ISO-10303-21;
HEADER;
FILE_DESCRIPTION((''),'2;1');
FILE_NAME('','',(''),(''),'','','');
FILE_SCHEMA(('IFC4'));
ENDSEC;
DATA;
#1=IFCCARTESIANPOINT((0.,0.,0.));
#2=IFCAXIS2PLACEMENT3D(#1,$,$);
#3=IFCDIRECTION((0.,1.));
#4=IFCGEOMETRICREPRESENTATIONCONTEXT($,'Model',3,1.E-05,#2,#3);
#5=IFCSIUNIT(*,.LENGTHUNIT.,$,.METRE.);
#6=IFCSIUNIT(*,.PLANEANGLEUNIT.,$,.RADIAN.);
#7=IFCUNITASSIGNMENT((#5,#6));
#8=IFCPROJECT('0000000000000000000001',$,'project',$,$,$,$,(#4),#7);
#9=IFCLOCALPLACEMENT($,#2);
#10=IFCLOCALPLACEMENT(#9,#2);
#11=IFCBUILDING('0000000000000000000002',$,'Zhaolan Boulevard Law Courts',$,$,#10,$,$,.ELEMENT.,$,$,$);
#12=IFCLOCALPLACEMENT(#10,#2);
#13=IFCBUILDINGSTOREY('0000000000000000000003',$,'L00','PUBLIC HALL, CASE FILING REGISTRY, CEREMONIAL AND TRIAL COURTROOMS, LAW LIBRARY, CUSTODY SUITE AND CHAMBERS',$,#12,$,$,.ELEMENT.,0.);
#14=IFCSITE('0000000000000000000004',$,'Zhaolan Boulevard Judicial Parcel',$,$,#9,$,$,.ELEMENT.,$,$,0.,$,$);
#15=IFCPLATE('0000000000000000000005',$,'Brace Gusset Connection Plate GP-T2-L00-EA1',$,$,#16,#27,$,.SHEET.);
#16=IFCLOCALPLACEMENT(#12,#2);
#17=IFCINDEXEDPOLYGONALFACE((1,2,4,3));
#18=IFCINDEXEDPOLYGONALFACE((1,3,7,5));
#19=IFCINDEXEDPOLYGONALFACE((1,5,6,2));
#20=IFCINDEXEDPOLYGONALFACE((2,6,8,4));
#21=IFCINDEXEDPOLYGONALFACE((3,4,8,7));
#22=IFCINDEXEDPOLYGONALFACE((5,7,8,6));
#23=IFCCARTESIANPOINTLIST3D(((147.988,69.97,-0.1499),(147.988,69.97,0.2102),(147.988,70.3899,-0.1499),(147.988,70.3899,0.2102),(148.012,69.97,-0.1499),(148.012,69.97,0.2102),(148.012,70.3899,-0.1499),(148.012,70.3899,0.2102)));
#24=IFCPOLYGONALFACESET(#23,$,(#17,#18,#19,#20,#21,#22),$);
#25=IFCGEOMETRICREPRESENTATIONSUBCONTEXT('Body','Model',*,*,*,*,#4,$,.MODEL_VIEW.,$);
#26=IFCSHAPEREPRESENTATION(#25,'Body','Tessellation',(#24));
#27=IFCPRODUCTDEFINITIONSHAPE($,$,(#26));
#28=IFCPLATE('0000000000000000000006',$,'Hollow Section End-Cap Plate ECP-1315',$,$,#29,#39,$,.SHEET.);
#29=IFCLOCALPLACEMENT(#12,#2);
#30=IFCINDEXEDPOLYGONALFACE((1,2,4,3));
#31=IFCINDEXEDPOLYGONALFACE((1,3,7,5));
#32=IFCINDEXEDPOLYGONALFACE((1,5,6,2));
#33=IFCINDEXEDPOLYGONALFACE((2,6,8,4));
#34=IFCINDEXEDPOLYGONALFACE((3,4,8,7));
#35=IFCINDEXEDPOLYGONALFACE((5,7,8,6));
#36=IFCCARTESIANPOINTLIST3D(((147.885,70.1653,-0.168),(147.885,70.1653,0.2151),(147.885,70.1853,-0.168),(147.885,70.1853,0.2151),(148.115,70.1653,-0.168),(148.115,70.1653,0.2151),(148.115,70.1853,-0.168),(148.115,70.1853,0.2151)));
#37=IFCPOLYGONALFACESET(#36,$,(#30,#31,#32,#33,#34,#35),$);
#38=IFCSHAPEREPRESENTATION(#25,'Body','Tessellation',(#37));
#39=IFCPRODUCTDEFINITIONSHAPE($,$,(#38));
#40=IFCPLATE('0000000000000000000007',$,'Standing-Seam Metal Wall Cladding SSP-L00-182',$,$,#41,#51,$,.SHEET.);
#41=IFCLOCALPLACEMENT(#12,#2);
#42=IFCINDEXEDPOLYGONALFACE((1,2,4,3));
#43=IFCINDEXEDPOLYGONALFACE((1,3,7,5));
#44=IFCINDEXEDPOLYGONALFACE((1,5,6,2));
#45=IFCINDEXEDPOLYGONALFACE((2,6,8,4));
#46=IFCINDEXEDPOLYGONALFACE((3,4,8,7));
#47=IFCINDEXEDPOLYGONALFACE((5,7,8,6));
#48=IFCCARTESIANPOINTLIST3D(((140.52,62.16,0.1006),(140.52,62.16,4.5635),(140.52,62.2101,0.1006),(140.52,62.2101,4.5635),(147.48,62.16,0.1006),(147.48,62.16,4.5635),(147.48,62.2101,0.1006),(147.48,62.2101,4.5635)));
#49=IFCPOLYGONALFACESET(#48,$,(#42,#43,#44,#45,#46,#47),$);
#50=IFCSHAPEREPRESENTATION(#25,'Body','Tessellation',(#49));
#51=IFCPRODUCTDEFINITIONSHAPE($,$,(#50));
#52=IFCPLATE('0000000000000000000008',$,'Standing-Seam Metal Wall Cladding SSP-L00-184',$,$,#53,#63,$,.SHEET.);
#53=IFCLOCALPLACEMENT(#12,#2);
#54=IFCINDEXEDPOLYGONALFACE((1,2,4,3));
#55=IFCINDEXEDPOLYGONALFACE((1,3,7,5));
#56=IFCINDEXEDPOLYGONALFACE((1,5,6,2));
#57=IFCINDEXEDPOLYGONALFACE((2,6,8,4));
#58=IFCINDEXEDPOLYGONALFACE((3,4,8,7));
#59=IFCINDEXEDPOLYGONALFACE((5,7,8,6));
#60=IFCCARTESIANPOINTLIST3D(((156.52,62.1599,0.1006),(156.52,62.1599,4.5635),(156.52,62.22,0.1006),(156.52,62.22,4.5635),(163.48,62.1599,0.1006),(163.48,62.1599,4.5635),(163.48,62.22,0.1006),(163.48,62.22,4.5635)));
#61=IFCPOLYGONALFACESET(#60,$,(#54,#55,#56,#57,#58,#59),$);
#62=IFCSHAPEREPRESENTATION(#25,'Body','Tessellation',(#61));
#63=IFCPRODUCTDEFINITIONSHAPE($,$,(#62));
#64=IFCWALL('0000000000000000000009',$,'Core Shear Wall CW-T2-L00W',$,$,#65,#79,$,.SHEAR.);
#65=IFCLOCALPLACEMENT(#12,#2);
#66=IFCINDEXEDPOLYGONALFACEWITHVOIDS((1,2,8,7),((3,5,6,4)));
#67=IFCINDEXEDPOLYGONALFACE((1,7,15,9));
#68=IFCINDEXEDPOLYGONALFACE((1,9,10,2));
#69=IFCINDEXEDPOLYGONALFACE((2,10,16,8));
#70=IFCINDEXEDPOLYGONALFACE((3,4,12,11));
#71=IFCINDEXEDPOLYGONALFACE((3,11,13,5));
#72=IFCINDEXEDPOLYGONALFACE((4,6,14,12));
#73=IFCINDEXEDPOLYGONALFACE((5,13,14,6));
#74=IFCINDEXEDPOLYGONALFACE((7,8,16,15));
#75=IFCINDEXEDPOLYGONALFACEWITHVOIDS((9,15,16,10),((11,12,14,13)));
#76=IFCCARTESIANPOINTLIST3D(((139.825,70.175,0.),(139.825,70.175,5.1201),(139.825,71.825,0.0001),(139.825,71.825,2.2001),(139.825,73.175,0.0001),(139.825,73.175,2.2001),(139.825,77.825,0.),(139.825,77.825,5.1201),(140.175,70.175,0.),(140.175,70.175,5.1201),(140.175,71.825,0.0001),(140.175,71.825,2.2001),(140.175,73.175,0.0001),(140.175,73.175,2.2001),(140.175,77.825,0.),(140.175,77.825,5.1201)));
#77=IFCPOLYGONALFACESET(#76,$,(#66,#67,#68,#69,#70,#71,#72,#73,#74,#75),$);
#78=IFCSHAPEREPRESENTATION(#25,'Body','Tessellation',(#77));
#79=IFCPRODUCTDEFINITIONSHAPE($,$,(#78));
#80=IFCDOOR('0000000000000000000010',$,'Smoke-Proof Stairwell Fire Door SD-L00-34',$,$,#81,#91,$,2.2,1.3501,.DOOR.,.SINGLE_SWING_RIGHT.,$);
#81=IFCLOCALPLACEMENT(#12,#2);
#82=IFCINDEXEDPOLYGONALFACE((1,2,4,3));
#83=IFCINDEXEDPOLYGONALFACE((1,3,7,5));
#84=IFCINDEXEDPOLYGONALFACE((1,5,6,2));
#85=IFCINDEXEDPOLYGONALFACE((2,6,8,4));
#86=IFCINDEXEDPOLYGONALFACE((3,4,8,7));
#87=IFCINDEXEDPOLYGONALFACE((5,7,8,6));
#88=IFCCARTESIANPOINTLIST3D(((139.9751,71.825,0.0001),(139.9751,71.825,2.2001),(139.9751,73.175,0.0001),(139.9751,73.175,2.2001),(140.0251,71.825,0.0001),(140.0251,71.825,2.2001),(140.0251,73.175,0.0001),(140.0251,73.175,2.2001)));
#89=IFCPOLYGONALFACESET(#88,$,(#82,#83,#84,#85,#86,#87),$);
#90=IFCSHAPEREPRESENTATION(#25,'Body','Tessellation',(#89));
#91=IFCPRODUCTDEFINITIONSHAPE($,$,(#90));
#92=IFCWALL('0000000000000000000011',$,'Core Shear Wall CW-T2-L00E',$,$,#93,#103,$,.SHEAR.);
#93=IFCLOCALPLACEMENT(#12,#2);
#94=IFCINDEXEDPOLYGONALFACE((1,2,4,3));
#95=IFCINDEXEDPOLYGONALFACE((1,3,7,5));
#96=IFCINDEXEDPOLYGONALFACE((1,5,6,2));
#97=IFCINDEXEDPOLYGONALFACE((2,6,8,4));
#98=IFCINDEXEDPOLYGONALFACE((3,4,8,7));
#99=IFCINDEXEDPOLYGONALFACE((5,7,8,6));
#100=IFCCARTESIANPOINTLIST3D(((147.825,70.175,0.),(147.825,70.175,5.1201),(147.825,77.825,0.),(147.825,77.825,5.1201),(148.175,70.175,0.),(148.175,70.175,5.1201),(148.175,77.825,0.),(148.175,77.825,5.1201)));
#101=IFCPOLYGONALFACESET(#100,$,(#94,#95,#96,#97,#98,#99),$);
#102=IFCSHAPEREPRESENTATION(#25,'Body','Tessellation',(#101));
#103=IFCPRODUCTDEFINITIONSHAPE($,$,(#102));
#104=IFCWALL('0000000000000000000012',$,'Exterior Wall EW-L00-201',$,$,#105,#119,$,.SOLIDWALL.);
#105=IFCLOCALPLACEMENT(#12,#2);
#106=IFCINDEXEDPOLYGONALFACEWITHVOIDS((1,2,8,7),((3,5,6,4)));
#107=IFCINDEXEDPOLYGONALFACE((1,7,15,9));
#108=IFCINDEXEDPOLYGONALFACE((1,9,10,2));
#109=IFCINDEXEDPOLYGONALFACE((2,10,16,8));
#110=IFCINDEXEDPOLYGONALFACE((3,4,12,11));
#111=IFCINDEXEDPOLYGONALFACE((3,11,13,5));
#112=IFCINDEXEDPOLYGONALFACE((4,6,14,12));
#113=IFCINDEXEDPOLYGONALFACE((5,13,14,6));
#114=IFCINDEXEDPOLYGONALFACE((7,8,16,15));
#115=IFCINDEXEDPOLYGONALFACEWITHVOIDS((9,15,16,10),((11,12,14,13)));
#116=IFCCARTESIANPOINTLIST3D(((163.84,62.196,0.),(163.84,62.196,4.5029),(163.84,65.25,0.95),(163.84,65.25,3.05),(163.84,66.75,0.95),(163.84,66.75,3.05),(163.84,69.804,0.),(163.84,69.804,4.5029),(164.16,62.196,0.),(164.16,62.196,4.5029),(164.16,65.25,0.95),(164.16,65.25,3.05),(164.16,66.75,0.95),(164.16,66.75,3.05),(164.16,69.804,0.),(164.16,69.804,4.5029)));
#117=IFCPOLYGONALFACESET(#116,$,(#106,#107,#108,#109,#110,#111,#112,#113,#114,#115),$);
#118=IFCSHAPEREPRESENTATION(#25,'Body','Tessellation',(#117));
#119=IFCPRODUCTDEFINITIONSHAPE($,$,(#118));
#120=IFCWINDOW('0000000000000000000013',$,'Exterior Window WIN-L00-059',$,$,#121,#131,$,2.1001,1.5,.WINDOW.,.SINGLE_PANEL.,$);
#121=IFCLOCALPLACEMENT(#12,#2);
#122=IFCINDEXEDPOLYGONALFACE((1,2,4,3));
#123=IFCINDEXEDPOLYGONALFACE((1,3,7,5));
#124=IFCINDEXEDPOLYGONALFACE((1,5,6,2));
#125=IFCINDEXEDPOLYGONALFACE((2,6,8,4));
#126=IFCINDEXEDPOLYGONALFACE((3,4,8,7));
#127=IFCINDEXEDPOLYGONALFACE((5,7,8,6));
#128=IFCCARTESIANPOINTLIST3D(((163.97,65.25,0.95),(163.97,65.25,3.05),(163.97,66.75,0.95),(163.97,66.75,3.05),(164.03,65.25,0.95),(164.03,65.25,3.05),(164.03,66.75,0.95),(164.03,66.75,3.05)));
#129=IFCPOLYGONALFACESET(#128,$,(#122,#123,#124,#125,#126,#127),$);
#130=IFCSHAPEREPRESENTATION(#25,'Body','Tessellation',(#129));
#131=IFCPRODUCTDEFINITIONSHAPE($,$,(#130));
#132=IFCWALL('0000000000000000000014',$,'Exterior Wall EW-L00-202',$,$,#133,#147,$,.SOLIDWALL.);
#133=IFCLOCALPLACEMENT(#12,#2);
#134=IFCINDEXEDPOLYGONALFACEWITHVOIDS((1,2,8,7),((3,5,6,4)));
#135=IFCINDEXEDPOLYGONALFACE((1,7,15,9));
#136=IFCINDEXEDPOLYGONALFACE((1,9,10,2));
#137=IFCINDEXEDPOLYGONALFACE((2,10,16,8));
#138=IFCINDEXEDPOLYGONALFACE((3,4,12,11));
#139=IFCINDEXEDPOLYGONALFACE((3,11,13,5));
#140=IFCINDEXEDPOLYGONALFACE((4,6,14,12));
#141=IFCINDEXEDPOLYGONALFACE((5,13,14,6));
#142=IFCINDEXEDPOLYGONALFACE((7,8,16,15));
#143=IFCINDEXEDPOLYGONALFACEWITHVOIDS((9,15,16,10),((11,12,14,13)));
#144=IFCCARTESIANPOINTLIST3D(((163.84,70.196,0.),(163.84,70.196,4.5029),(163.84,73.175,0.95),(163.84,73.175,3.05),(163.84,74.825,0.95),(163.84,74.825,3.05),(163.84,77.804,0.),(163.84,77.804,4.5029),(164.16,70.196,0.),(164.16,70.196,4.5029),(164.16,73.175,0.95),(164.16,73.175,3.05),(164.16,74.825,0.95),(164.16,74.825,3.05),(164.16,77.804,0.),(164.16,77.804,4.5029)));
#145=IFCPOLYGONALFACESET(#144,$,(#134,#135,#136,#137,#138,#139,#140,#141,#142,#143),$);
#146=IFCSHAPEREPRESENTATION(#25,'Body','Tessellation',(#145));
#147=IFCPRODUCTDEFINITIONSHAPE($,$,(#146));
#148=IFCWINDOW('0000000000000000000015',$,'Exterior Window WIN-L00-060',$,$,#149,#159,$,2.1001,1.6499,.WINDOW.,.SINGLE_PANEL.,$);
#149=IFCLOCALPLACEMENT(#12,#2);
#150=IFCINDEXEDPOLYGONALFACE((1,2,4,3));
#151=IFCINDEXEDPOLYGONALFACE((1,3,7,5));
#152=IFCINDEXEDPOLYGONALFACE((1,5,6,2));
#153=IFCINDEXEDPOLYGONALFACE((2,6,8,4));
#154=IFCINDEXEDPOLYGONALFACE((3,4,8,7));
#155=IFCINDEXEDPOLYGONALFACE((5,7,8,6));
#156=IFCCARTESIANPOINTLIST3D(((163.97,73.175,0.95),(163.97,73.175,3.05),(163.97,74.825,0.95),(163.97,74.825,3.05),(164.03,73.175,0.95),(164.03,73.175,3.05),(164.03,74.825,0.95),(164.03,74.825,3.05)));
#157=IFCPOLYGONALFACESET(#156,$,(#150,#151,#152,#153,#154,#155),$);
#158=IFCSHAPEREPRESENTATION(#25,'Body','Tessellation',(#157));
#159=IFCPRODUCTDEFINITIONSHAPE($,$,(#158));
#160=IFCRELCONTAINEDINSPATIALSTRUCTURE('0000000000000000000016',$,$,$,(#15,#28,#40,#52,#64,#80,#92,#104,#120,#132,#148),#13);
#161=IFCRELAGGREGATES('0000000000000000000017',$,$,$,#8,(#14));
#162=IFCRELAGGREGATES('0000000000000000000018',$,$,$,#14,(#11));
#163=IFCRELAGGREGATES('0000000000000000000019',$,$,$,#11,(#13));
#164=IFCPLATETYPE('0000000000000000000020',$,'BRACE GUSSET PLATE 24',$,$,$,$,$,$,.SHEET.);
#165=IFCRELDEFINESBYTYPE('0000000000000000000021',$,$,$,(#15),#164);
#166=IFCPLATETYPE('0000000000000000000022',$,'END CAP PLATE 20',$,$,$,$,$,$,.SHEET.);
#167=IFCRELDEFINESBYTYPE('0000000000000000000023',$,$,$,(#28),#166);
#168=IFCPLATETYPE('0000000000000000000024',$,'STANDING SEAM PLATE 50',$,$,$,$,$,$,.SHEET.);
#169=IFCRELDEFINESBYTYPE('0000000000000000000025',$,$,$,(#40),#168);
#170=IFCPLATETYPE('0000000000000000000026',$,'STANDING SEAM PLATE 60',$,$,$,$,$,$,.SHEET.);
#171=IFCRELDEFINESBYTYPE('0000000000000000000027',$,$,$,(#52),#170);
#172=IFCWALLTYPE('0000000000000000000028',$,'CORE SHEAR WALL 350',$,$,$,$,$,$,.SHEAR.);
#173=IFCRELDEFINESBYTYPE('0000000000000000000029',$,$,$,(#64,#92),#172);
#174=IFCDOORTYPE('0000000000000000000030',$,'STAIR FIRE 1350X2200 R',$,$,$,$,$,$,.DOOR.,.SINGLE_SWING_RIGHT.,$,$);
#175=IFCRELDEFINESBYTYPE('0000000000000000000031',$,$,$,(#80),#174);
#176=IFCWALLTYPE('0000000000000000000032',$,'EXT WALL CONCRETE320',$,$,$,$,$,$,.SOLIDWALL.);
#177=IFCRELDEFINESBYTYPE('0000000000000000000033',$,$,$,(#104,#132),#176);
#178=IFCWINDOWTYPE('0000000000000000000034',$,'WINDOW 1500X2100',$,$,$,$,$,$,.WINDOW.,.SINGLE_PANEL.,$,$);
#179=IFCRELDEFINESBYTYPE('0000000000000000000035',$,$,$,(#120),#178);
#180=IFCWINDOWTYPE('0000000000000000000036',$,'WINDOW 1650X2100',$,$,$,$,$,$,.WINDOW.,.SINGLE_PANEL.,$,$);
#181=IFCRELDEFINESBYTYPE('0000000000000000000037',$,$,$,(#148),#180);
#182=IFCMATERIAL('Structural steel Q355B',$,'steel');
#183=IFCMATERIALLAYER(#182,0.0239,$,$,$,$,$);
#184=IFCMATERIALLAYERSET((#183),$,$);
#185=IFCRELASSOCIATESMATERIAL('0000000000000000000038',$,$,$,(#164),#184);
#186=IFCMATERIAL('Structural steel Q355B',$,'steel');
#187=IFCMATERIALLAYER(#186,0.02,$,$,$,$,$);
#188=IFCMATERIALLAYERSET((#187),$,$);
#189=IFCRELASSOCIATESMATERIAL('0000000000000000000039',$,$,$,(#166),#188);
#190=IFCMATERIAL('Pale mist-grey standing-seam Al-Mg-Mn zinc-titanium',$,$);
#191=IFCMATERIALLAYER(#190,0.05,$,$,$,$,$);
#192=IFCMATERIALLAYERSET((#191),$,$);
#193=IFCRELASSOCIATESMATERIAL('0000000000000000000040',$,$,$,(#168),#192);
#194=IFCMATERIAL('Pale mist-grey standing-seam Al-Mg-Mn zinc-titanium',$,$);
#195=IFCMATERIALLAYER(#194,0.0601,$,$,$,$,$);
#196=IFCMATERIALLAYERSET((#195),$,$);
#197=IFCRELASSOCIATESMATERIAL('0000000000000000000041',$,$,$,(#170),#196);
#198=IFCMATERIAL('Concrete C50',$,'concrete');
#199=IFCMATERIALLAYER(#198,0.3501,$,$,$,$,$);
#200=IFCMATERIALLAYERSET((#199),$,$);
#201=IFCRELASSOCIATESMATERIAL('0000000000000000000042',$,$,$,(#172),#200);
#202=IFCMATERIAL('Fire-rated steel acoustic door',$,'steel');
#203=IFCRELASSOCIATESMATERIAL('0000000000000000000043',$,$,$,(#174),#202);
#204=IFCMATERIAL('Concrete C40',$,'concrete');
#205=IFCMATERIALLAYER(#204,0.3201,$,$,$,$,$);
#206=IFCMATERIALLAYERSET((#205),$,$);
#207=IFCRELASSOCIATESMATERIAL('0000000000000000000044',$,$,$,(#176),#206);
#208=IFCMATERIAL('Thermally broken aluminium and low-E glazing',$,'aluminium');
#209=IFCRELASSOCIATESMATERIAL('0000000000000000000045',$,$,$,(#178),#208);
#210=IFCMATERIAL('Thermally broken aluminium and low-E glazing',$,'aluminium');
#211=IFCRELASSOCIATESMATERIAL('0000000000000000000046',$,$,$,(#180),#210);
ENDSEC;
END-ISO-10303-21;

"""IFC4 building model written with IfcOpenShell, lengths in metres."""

from ifc_helpers import new_model, si_unit, direction, frame, frame_2d, origin, origin_2d, place, context, subcontext, project, spatial, rectangle, extrude, material, layer, layer_set, type_object, element, fill, save


model = new_model("IFC4")

# Units and contexts
model_context = context("Model", 3, precision=1e-05, world=origin(), true_north=direction((0.0, 1.0)))
body_context = subcontext(model_context, "Body", "Model", "MODEL_VIEW")
ifc_project = project(units=[si_unit("LENGTHUNIT", "METRE"), si_unit("PLANEANGLEUNIT", "RADIAN")], contexts=[model_context])

# Site, building, storey
site_placement = place(None, origin())
site = spatial("IfcSite", under=ifc_project, at=site_placement, Name="Zhaolan Boulevard Judicial Parcel", CompositionType="ELEMENT", RefElevation=0.0)
building_placement = place(site_placement, origin())
building = spatial("IfcBuilding", under=site, at=building_placement, Name="Zhaolan Boulevard Law Courts", CompositionType="ELEMENT")
storey_placement = place(building_placement, origin())
storey = spatial("IfcBuildingStorey", under=building, at=storey_placement, Name="L00", Description="PUBLIC HALL, CASE FILING REGISTRY, CEREMONIAL AND TRIAL COURTROOMS, LAW LIBRARY, CUSTODY SUITE AND CHAMBERS", CompositionType="ELEMENT", Elevation=0.0)

# Plates
ifc_material_1 = material(Name="Structural steel Q355B", Category="steel")
ifc_layer_1 = layer(ifc_material_1, 0.0239)
ifc_layer_set_1 = layer_set([ifc_layer_1])
plate_type_1 = type_object("IfcPlateType", Name="BRACE GUSSET PLATE 24", PredefinedType="SHEET", material=ifc_layer_set_1)
plate_1_placement = place(storey_placement, frame((148.0, 70.1799, -0.1499), z_axis=(0.0, 0.0, 1.0), x_axis=(0.0, 1.0, 0.0)))
element("IfcPlate", 1, at=plate_1_placement, inside=storey, type_object=plate_type_1, Name="Brace Gusset Connection Plate GP-T2-L00-EA1", PredefinedType="SHEET", context=body_context, shape_type="SweptSolid", body=[
    extrude(rectangle(XDim=0.4199, YDim=0.0239, at=origin_2d()), origin(), (0.0, 0.0, 1.0), 0.3601),
])
ifc_material_2 = material(Name="Structural steel Q355B", Category="steel")
ifc_layer_2 = layer(ifc_material_2, 0.02)
ifc_layer_set_2 = layer_set([ifc_layer_2])
plate_type_2 = type_object("IfcPlateType", Name="END CAP PLATE 20", PredefinedType="SHEET", material=ifc_layer_set_2)
plate_2_placement = place(storey_placement, frame((148.0, 70.1753, -0.168), z_axis=(0.0, 0.0, 1.0), x_axis=(0.0, 1.0, 0.0)))
element("IfcPlate", 2, at=plate_2_placement, inside=storey, type_object=plate_type_2, Name="Hollow Section End-Cap Plate ECP-1315", PredefinedType="SHEET", context=body_context, shape_type="SweptSolid", body=[
    extrude(rectangle(XDim=0.02, YDim=0.23, at=origin_2d()), origin(), (0.0, 0.0, 1.0), 0.3831),
])
ifc_material_3 = material(Name="Pale mist-grey standing-seam Al-Mg-Mn zinc-titanium")
ifc_layer_3 = layer(ifc_material_3, 0.05)
ifc_layer_set_3 = layer_set([ifc_layer_3])
plate_type_3 = type_object("IfcPlateType", Name="STANDING SEAM PLATE 50", PredefinedType="SHEET", material=ifc_layer_set_3)
plate_3_placement = place(storey_placement, frame((144.0, 62.1851, 0.1006), z_axis=(0.0, 0.0, 1.0), x_axis=(1.0, 0.0, 0.0)))
element("IfcPlate", 3, at=plate_3_placement, inside=storey, type_object=plate_type_3, Name="Standing-Seam Metal Wall Cladding SSP-L00-182", PredefinedType="SHEET", context=body_context, shape_type="SweptSolid", body=[
    extrude(rectangle(XDim=6.96, YDim=0.05, at=origin_2d()), origin(), (0.0, 0.0, 1.0), 4.4629),
])
ifc_material_4 = material(Name="Pale mist-grey standing-seam Al-Mg-Mn zinc-titanium")
ifc_layer_4 = layer(ifc_material_4, 0.0601)
ifc_layer_set_4 = layer_set([ifc_layer_4])
plate_type_4 = type_object("IfcPlateType", Name="STANDING SEAM PLATE 60", PredefinedType="SHEET", material=ifc_layer_set_4)
plate_4_placement = place(storey_placement, frame((160.0, 62.1899, 0.1006), z_axis=(0.0, 0.0, 1.0), x_axis=(1.0, 0.0, 0.0)))
element("IfcPlate", 4, at=plate_4_placement, inside=storey, type_object=plate_type_4, Name="Standing-Seam Metal Wall Cladding SSP-L00-184", PredefinedType="SHEET", context=body_context, shape_type="SweptSolid", body=[
    extrude(rectangle(XDim=6.96, YDim=0.0601, at=origin_2d()), origin(), (0.0, 0.0, 1.0), 4.4629),
])

# Wall, opening, door
ifc_material_5 = material(Name="Concrete C50", Category="concrete")
ifc_layer_5 = layer(ifc_material_5, 0.3501)
ifc_layer_set_5 = layer_set([ifc_layer_5])
wall_type_1 = type_object("IfcWallType", Name="CORE SHEAR WALL 350", PredefinedType="SHEAR", material=ifc_layer_set_5)
wall_1_placement = place(storey_placement, frame((140.0, 70.175, 0.0), z_axis=(0.0, 0.0, 1.0), x_axis=(0.0, 1.0, 0.0)))
wall_1 = element("IfcWall", 5, at=wall_1_placement, inside=storey, type_object=wall_type_1, Name="Core Shear Wall CW-T2-L00W", PredefinedType="SHEAR", context=body_context, shape_type="SweptSolid", body=[
    extrude(rectangle(XDim=7.6499, YDim=0.3501, at=frame_2d((3.825, 0.0))), origin(), (0.0, 0.0, 1.0), 5.1201),
])
opening_1_placement = place(wall_1_placement, frame((1.6499, 0.0, 0.0)))
opening_1 = element("IfcOpeningElement", 6, at=opening_1_placement, cuts=wall_1, PredefinedType="OPENING", context=body_context, shape_type="SweptSolid", body=[
    extrude(rectangle(XDim=1.3501, YDim=2.2, at=frame_2d((0.675, 1.1001))), frame((0.0, 0.1851, 0.0), z_axis=(0.0, -1.0, 0.0), x_axis=(1.0, 0.0, 0.0)), (0.0, 0.0, 1.0), 0.3701),
])
ifc_material_6 = material(Name="Fire-rated steel acoustic door", Category="steel")
door_type = type_object("IfcDoorType", Name="STAIR FIRE 1350X2200 R", OperationType="SINGLE_SWING_RIGHT", PredefinedType="DOOR", material=ifc_material_6)
door_placement = place(opening_1_placement, origin())
door = element("IfcDoor", 7, at=door_placement, inside=storey, type_object=door_type, Name="Smoke-Proof Stairwell Fire Door SD-L00-34", OperationType="SINGLE_SWING_RIGHT", OverallHeight=2.2, OverallWidth=1.3501, PredefinedType="DOOR", context=body_context, shape_type="SweptSolid", body=[
    extrude(rectangle(XDim=1.3501, YDim=2.2, at=frame_2d((0.675, 1.1001))), frame((0.0, 0.0249, 0.0), z_axis=(0.0, -1.0, 0.0), x_axis=(1.0, 0.0, 0.0)), (0.0, 0.0, 1.0), 0.05),
])
fill(opening_1, door)

# Wall
wall_2_placement = place(storey_placement, frame((148.0, 70.175, 0.0), z_axis=(0.0, 0.0, 1.0), x_axis=(0.0, 1.0, 0.0)))
element("IfcWall", 8, at=wall_2_placement, inside=storey, type_object=wall_type_1, Name="Core Shear Wall CW-T2-L00E", PredefinedType="SHEAR", context=body_context, shape_type="SweptSolid", body=[
    extrude(rectangle(XDim=7.6499, YDim=0.3501, at=frame_2d((3.825, 0.0))), origin(), (0.0, 0.0, 1.0), 5.1201),
])

# Walls, openings, windows
ifc_material_7 = material(Name="Concrete C40", Category="concrete")
ifc_layer_6 = layer(ifc_material_7, 0.3201)
ifc_layer_set_6 = layer_set([ifc_layer_6])
wall_type_2 = type_object("IfcWallType", Name="EXT WALL CONCRETE320", PredefinedType="SOLIDWALL", material=ifc_layer_set_6)
wall_3_placement = place(storey_placement, frame((164.0, 62.196, 0.0), z_axis=(0.0, 0.0, 1.0), x_axis=(0.0, 1.0, 0.0)))
wall_3 = element("IfcWall", 9, at=wall_3_placement, inside=storey, type_object=wall_type_2, Name="Exterior Wall EW-L00-201", PredefinedType="SOLIDWALL", context=body_context, shape_type="SweptSolid", body=[
    extrude(rectangle(XDim=7.6079, YDim=0.3201, at=frame_2d((3.804, 0.0))), origin(), (0.0, 0.0, 1.0), 4.5029),
])
opening_2_placement = place(wall_3_placement, frame((3.054, 0.0, 0.95)))
opening_2 = element("IfcOpeningElement", 10, at=opening_2_placement, cuts=wall_3, PredefinedType="OPENING", context=body_context, shape_type="SweptSolid", body=[
    extrude(rectangle(XDim=1.5, YDim=2.1001, at=frame_2d((0.75, 1.05))), frame((0.0, 0.1699, 0.0), z_axis=(0.0, -1.0, 0.0), x_axis=(1.0, 0.0, 0.0)), (0.0, 0.0, 1.0), 0.3401),
])
ifc_material_8 = material(Name="Thermally broken aluminium and low-E glazing", Category="aluminium")
window_type_1 = type_object("IfcWindowType", Name="WINDOW 1500X2100", PartitioningType="SINGLE_PANEL", PredefinedType="WINDOW", material=ifc_material_8)
window_1_placement = place(opening_2_placement, origin())
window_1 = element("IfcWindow", 11, at=window_1_placement, inside=storey, type_object=window_type_1, Name="Exterior Window WIN-L00-059", OverallHeight=2.1001, OverallWidth=1.5, PartitioningType="SINGLE_PANEL", PredefinedType="WINDOW", context=body_context, shape_type="SweptSolid", body=[
    extrude(rectangle(XDim=1.5, YDim=2.1001, at=frame_2d((0.75, 1.05))), frame((0.0, 0.03, 0.0), z_axis=(0.0, -1.0, 0.0), x_axis=(1.0, 0.0, 0.0)), (0.0, 0.0, 1.0), 0.0601),
])
fill(opening_2, window_1)
wall_4_placement = place(storey_placement, frame((164.0, 70.196, 0.0), z_axis=(0.0, 0.0, 1.0), x_axis=(0.0, 1.0, 0.0)))
wall_4 = element("IfcWall", 12, at=wall_4_placement, inside=storey, type_object=wall_type_2, Name="Exterior Wall EW-L00-202", PredefinedType="SOLIDWALL", context=body_context, shape_type="SweptSolid", body=[
    extrude(rectangle(XDim=7.6079, YDim=0.3201, at=frame_2d((3.804, 0.0))), origin(), (0.0, 0.0, 1.0), 4.5029),
])
opening_3_placement = place(wall_4_placement, frame((2.979, 0.0, 0.95)))
opening_3 = element("IfcOpeningElement", 13, at=opening_3_placement, cuts=wall_4, PredefinedType="OPENING", context=body_context, shape_type="SweptSolid", body=[
    extrude(rectangle(XDim=1.6499, YDim=2.1001, at=frame_2d((0.825, 1.05))), frame((0.0, 0.1699, 0.0), z_axis=(0.0, -1.0, 0.0), x_axis=(1.0, 0.0, 0.0)), (0.0, 0.0, 1.0), 0.3401),
])
ifc_material_9 = material(Name="Thermally broken aluminium and low-E glazing", Category="aluminium")
window_type_2 = type_object("IfcWindowType", Name="WINDOW 1650X2100", PartitioningType="SINGLE_PANEL", PredefinedType="WINDOW", material=ifc_material_9)
window_2_placement = place(opening_3_placement, origin())
window_2 = element("IfcWindow", 14, at=window_2_placement, inside=storey, type_object=window_type_2, Name="Exterior Window WIN-L00-060", OverallHeight=2.1001, OverallWidth=1.6499, PartitioningType="SINGLE_PANEL", PredefinedType="WINDOW", context=body_context, shape_type="SweptSolid", body=[
    extrude(rectangle(XDim=1.6499, YDim=2.1001, at=frame_2d((0.825, 1.05))), frame((0.0, 0.03, 0.0), z_axis=(0.0, -1.0, 0.0), x_axis=(1.0, 0.0, 0.0)), (0.0, 0.0, 1.0), 0.0601),
])
fill(opening_3, window_2)

save(model, "model.ifc")
